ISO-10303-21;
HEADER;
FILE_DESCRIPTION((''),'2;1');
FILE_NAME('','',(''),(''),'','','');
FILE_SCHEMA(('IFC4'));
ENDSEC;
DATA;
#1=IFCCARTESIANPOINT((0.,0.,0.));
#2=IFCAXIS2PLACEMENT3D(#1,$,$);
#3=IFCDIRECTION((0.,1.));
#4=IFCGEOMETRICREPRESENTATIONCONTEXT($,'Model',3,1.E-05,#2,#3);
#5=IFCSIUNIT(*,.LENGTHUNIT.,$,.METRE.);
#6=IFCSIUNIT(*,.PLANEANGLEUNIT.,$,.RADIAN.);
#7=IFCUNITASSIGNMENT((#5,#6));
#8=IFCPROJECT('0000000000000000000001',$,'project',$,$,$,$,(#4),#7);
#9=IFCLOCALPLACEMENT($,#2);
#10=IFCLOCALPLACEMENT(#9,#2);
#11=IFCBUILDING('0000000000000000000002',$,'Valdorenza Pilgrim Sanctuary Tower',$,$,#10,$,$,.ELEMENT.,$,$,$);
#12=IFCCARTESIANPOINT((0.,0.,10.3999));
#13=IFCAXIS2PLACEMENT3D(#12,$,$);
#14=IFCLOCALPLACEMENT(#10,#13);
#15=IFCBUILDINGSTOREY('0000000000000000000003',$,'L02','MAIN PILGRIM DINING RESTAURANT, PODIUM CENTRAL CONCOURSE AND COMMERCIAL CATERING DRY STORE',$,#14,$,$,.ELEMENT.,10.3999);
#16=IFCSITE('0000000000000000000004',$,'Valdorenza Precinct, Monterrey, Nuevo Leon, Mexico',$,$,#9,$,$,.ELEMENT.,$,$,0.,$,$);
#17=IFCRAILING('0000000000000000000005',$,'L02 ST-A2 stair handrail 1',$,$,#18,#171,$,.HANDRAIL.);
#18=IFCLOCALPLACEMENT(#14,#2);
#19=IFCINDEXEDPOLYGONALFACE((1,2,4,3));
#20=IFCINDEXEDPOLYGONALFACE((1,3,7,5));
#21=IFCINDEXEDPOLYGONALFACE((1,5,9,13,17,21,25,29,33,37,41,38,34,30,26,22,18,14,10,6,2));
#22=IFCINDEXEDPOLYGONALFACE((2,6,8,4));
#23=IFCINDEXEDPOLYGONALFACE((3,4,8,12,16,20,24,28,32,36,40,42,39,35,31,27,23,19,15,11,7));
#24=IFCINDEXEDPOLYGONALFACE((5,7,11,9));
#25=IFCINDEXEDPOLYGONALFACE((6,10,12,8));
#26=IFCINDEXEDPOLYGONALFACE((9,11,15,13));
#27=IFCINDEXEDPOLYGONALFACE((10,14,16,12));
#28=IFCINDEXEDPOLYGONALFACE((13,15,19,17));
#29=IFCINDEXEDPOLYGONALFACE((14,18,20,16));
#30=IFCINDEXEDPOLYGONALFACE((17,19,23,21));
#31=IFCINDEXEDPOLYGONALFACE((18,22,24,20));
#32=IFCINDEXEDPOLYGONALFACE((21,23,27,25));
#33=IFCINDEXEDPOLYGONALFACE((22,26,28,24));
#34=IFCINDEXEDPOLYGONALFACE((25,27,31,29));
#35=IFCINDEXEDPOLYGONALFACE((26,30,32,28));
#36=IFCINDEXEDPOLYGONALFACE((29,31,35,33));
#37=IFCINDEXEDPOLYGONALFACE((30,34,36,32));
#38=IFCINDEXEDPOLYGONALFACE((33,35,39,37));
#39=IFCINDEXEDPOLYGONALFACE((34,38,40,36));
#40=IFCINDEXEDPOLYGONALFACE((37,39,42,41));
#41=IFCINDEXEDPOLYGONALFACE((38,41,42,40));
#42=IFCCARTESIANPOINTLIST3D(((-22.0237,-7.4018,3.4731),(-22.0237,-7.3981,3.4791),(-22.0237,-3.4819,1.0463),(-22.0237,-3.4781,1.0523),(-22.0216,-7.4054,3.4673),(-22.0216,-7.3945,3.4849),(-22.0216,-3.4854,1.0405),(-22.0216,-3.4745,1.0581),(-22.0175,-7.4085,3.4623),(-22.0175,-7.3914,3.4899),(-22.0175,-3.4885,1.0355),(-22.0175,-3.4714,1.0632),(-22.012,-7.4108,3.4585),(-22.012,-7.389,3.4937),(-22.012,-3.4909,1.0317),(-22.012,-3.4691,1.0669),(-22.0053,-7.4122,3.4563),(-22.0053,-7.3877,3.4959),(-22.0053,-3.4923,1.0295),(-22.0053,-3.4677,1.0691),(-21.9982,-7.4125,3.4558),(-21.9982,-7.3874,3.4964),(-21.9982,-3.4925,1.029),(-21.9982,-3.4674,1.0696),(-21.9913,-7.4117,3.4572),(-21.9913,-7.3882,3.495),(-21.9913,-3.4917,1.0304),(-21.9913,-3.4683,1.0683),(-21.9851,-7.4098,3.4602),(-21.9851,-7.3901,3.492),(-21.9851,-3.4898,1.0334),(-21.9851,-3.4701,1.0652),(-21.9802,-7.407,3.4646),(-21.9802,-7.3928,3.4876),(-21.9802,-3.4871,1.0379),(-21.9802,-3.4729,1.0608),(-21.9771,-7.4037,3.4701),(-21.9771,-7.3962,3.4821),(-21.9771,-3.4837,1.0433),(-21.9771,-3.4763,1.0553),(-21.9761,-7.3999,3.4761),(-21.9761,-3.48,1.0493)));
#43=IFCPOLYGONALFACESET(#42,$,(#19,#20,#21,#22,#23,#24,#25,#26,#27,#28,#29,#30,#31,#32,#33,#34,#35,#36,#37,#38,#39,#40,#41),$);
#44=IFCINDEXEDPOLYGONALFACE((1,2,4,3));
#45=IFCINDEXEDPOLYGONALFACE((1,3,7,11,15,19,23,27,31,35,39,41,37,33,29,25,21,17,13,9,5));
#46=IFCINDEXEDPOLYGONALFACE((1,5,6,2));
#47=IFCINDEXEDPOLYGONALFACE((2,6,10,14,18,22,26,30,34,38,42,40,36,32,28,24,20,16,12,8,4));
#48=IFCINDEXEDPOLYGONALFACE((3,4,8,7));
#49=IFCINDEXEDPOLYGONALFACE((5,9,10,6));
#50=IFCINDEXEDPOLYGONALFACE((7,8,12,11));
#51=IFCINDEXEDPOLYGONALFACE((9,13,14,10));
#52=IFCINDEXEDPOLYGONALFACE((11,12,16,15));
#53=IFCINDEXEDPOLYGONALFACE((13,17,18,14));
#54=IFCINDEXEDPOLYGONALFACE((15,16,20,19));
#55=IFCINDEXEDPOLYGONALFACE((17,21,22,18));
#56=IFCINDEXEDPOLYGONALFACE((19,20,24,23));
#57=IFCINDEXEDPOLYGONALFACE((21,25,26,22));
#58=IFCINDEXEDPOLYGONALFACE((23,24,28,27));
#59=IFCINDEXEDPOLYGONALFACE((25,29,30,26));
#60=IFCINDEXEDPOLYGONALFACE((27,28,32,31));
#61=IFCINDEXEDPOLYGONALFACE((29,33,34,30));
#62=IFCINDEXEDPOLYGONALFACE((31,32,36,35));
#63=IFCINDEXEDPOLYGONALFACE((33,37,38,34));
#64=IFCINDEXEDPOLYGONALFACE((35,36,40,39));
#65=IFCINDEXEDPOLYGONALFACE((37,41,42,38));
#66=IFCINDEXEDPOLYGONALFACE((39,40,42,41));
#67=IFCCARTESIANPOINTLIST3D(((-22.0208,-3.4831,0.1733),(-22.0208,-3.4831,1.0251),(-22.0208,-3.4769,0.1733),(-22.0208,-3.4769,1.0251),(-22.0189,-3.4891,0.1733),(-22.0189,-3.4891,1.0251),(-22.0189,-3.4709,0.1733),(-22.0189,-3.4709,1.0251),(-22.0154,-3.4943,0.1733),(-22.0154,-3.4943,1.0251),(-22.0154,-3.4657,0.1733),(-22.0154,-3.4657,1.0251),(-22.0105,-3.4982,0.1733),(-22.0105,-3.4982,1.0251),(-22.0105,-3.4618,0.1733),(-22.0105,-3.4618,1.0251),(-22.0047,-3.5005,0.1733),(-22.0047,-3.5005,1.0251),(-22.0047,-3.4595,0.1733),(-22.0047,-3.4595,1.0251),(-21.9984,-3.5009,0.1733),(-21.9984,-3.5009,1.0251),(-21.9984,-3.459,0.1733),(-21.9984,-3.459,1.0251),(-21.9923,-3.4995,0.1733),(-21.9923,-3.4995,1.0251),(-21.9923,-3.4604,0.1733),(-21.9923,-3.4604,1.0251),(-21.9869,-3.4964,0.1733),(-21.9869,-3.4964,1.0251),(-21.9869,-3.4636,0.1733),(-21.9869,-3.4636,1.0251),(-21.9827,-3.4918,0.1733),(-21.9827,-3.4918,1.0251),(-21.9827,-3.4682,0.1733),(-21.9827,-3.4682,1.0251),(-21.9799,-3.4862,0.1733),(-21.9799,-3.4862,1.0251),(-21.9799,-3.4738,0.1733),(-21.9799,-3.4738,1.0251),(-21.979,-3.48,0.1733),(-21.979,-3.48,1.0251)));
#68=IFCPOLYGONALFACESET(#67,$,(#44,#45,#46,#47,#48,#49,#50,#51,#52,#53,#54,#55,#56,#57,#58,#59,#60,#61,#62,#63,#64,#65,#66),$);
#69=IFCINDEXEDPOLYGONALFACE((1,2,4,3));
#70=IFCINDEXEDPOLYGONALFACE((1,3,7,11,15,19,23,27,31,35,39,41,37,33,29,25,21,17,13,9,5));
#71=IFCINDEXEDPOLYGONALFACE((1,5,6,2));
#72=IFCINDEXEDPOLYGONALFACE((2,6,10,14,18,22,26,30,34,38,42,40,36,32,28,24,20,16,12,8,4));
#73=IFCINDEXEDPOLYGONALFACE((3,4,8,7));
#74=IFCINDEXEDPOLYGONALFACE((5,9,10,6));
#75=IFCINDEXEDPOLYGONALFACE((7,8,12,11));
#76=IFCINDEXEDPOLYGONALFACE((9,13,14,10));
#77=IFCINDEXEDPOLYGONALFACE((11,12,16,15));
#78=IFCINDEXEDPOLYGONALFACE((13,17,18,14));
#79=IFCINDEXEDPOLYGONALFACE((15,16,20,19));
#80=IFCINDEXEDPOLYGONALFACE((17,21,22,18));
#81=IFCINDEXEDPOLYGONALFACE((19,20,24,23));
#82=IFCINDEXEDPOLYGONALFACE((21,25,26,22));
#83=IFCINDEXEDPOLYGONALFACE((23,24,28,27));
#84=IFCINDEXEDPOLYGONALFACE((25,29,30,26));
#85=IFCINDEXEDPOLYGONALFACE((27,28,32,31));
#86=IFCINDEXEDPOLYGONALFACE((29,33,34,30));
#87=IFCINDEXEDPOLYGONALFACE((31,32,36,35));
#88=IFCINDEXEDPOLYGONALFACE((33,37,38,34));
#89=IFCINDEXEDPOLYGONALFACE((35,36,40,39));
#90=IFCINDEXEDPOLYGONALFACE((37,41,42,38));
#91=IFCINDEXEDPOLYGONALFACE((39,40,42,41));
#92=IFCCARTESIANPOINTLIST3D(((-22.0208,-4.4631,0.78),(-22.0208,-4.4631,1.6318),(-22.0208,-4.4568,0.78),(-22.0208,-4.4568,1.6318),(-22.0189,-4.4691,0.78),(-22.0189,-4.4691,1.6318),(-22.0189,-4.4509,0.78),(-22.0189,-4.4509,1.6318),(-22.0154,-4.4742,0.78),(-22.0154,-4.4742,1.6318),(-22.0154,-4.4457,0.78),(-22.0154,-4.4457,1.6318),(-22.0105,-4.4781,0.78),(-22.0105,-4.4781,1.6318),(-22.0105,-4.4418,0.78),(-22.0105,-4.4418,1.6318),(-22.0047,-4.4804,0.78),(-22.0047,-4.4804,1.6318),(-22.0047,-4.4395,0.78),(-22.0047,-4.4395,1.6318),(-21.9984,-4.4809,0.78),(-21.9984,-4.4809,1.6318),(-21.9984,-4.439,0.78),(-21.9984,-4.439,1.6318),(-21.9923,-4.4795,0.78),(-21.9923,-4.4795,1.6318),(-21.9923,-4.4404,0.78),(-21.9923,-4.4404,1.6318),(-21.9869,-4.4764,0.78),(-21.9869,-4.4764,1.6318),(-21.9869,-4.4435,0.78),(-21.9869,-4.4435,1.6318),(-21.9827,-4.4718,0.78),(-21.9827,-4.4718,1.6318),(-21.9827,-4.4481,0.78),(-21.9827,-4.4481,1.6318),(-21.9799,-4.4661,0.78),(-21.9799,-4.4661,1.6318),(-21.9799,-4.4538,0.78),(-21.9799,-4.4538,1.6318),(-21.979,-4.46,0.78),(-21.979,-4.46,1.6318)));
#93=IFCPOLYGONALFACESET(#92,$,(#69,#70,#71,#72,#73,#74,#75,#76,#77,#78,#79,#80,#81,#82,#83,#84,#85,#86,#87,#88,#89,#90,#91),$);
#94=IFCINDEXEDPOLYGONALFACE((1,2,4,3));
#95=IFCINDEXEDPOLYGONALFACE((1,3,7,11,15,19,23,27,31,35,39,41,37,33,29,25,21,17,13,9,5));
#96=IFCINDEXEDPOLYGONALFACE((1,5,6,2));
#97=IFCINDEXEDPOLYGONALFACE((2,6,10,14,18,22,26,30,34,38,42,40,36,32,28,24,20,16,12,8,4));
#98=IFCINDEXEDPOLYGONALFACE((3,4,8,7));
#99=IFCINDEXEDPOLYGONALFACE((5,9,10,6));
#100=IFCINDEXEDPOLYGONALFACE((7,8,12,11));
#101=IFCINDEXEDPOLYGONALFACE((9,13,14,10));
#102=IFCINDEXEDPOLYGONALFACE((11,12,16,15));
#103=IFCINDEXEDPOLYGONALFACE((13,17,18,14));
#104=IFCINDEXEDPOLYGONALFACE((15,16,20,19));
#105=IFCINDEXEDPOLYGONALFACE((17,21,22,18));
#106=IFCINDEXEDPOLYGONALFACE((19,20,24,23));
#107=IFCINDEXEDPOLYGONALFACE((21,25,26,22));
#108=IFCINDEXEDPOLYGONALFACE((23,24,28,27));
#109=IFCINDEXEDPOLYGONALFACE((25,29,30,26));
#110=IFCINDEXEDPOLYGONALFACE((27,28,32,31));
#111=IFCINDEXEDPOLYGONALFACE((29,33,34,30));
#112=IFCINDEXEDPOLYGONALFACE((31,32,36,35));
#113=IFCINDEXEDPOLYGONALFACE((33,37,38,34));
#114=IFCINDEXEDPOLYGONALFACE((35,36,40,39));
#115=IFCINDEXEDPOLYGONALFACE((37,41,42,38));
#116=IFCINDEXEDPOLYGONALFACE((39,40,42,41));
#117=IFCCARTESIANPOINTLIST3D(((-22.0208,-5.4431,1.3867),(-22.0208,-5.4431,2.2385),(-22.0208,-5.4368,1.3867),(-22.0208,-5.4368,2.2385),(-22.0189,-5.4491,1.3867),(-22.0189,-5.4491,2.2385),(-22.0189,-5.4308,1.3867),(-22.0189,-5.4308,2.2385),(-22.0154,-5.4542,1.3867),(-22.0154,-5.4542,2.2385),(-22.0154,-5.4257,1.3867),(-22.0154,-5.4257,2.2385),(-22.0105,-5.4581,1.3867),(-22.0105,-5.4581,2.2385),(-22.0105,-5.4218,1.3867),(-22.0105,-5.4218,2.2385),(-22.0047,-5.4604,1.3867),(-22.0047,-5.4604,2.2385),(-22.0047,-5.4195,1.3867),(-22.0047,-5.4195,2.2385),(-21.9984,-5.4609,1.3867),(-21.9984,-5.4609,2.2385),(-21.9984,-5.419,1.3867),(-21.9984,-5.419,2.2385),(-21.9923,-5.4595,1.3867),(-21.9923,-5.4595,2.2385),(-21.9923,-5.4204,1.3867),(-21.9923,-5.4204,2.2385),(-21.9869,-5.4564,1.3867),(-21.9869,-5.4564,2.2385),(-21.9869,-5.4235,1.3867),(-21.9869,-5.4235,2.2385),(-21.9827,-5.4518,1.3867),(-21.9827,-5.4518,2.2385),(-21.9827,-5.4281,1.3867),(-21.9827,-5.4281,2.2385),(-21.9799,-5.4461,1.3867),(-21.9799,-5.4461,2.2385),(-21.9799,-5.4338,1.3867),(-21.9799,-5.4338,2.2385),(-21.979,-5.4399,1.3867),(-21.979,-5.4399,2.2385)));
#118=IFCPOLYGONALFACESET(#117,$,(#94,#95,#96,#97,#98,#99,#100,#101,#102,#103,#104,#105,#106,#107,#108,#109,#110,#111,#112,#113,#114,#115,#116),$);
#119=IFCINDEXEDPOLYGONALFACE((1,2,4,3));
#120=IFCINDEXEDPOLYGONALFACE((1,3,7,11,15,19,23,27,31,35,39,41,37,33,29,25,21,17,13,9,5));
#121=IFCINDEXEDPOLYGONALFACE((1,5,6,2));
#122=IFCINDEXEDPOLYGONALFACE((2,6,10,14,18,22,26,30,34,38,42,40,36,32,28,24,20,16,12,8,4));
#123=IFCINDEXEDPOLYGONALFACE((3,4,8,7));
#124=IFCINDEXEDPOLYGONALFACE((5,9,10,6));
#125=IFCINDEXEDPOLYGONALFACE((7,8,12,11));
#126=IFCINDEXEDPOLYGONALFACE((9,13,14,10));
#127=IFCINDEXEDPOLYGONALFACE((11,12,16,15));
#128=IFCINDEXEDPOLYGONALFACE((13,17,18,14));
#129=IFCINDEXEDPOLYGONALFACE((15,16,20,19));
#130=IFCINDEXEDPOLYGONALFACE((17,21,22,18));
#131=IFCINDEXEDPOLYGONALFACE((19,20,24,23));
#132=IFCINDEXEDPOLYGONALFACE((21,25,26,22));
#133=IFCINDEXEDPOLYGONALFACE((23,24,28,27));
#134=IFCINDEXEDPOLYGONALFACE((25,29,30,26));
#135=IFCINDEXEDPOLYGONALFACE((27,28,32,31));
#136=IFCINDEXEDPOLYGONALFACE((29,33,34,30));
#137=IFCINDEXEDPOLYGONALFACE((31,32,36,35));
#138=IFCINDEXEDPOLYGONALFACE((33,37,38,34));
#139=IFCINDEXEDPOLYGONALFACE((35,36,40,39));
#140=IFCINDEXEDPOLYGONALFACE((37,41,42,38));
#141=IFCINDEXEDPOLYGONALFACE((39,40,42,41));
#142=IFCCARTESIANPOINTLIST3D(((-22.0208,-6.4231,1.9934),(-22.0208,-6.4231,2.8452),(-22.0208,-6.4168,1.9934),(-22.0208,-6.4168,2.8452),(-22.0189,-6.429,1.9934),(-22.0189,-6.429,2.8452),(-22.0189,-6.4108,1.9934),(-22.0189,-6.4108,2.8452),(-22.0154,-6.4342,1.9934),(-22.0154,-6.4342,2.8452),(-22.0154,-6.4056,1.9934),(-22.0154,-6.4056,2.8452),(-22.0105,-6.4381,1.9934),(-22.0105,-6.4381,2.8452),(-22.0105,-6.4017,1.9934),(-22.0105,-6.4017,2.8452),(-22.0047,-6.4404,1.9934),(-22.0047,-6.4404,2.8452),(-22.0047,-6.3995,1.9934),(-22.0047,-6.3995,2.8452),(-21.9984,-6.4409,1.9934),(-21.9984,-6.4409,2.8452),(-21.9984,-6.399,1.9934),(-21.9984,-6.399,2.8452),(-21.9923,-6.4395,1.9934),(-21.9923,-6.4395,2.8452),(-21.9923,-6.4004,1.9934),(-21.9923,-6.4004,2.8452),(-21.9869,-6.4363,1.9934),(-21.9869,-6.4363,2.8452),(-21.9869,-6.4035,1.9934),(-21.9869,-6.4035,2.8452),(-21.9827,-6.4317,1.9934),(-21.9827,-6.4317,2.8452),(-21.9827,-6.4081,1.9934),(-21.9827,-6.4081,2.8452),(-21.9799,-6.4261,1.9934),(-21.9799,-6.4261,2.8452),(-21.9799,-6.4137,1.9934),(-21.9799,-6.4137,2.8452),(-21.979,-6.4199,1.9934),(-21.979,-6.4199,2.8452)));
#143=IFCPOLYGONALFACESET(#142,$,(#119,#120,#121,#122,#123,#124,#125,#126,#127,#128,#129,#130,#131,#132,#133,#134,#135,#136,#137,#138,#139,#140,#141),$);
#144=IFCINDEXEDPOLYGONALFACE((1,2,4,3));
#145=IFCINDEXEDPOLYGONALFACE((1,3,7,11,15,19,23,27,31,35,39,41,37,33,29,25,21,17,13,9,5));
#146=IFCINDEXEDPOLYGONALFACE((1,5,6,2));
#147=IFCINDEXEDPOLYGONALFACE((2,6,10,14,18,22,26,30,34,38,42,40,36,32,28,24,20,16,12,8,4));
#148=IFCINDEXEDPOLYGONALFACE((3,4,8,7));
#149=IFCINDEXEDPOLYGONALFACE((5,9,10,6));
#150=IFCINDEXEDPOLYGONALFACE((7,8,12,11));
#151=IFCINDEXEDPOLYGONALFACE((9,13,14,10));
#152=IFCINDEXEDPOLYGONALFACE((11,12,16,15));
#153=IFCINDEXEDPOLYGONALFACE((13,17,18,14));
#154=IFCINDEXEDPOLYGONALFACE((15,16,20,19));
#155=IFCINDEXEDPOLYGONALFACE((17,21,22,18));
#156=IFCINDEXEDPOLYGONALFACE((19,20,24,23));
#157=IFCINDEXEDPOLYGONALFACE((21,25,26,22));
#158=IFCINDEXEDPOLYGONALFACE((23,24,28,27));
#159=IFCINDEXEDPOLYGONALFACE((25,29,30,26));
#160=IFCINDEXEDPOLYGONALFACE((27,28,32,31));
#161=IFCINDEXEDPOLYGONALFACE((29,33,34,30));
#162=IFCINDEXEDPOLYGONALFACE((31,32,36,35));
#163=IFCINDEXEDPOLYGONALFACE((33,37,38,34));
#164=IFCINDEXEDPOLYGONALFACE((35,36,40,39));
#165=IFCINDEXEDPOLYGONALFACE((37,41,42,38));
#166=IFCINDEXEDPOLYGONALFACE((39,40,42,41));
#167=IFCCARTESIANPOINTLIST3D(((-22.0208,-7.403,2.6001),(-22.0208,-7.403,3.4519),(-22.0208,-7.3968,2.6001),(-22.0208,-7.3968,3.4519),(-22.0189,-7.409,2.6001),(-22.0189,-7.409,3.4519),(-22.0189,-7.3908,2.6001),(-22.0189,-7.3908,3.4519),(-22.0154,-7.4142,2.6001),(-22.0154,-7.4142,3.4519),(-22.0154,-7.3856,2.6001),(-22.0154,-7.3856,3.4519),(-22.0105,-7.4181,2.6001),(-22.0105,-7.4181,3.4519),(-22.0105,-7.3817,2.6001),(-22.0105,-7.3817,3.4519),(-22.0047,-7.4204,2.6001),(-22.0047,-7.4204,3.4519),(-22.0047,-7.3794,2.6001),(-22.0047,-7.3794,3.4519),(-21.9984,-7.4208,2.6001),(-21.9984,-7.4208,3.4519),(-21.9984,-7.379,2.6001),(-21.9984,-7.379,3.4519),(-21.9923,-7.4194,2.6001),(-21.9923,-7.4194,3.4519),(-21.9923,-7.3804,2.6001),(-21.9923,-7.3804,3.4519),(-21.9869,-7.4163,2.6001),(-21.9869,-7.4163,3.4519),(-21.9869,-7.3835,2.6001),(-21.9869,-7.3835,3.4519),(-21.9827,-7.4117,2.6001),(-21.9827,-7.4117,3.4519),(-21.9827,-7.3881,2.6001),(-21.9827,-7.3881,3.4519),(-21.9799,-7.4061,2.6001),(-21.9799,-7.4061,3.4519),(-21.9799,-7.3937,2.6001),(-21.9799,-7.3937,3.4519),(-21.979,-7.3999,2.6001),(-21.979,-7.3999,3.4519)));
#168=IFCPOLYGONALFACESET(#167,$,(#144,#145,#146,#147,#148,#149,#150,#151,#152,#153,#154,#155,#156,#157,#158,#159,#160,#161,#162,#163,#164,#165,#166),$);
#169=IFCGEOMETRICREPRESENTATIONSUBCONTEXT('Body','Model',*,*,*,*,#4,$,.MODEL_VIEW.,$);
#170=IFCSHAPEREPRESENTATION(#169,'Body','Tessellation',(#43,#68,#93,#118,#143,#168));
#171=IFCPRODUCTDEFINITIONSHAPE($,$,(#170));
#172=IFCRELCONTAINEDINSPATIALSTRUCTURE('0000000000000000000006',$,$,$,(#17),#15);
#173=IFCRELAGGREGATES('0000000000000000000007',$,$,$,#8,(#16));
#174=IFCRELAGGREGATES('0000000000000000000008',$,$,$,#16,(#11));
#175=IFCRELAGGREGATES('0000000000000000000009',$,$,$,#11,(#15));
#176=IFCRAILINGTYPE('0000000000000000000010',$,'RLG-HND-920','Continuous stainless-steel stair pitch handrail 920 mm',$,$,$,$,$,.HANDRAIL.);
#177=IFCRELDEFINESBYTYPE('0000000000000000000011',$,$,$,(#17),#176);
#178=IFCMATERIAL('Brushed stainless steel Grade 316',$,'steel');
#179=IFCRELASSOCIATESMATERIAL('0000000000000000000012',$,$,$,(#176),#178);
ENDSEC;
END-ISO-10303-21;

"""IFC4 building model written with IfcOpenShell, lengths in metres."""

from ifc_helpers import new_model, si_unit, direction, frame, origin, origin_2d, place, context, subcontext, project, spatial, circle, extrude, material, type_object, element, save


model = new_model("IFC4")

# Units and contexts
model_context = context("Model", 3, precision=1e-05, world=origin(), true_north=direction((0.0, 1.0)))
body_context = subcontext(model_context, "Body", "Model", "MODEL_VIEW")
ifc_project = project(units=[si_unit("LENGTHUNIT", "METRE"), si_unit("PLANEANGLEUNIT", "RADIAN")], contexts=[model_context])

# Site, building, storey
site_placement = place(None, origin())
site = spatial("IfcSite", under=ifc_project, at=site_placement, Name="Valdorenza Precinct, Monterrey, Nuevo Leon, Mexico", CompositionType="ELEMENT", RefElevation=0.0)
building_placement = place(site_placement, origin())
building = spatial("IfcBuilding", under=site, at=building_placement, Name="Valdorenza Pilgrim Sanctuary Tower", CompositionType="ELEMENT")
storey_placement = place(building_placement, frame((0.0, 0.0, 10.3999)))
storey = spatial("IfcBuildingStorey", under=building, at=storey_placement, Name="L02", Description="MAIN PILGRIM DINING RESTAURANT, PODIUM CENTRAL CONCOURSE AND COMMERCIAL CATERING DRY STORE", CompositionType="ELEMENT", Elevation=10.3999)

# Railing
ifc_material_1 = material(Name="Brushed stainless steel Grade 316", Category="steel")
railing_type_1 = type_object("IfcRailingType", Name="RLG-HND-920", Description="Continuous stainless-steel stair pitch handrail 920 mm", PredefinedType="HANDRAIL", material=ifc_material_1)
railing_1_placement = place(storey_placement, frame((-22.0, -3.48, 0.1733)))
element("IfcRailing", 1, at=railing_1_placement, inside=storey, type_object=railing_type_1, Name="L02 ST-A2 stair handrail 1", PredefinedType="HANDRAIL", context=body_context, shape_type="SweptSolid", body=[
    extrude(circle(Radius=0.0239, at=origin_2d()), frame((0.0, 0.0, 0.876), z_axis=(0.0, -0.850252, 0.526376), x_axis=(1.0, 0.0, 0.0)), (0.0, 0.0, 1.0), 4.6104),
    extrude(circle(Radius=0.021, at=origin_2d()), origin(), (0.0, 0.0, 1.0), 0.8518),
    extrude(circle(Radius=0.021, at=origin_2d()), frame((0.0, -0.98, 0.6067)), (0.0, 0.0, 1.0), 0.8518),
    extrude(circle(Radius=0.021, at=origin_2d()), frame((0.0, -1.96, 1.2134)), (0.0, 0.0, 1.0), 0.8518),
    extrude(circle(Radius=0.021, at=origin_2d()), frame((0.0, -2.9399, 1.8201)), (0.0, 0.0, 1.0), 0.8518),
    extrude(circle(Radius=0.021, at=origin_2d()), frame((0.0, -3.9199, 2.4268)), (0.0, 0.0, 1.0), 0.8518),
])

save(model, "model.ifc")
